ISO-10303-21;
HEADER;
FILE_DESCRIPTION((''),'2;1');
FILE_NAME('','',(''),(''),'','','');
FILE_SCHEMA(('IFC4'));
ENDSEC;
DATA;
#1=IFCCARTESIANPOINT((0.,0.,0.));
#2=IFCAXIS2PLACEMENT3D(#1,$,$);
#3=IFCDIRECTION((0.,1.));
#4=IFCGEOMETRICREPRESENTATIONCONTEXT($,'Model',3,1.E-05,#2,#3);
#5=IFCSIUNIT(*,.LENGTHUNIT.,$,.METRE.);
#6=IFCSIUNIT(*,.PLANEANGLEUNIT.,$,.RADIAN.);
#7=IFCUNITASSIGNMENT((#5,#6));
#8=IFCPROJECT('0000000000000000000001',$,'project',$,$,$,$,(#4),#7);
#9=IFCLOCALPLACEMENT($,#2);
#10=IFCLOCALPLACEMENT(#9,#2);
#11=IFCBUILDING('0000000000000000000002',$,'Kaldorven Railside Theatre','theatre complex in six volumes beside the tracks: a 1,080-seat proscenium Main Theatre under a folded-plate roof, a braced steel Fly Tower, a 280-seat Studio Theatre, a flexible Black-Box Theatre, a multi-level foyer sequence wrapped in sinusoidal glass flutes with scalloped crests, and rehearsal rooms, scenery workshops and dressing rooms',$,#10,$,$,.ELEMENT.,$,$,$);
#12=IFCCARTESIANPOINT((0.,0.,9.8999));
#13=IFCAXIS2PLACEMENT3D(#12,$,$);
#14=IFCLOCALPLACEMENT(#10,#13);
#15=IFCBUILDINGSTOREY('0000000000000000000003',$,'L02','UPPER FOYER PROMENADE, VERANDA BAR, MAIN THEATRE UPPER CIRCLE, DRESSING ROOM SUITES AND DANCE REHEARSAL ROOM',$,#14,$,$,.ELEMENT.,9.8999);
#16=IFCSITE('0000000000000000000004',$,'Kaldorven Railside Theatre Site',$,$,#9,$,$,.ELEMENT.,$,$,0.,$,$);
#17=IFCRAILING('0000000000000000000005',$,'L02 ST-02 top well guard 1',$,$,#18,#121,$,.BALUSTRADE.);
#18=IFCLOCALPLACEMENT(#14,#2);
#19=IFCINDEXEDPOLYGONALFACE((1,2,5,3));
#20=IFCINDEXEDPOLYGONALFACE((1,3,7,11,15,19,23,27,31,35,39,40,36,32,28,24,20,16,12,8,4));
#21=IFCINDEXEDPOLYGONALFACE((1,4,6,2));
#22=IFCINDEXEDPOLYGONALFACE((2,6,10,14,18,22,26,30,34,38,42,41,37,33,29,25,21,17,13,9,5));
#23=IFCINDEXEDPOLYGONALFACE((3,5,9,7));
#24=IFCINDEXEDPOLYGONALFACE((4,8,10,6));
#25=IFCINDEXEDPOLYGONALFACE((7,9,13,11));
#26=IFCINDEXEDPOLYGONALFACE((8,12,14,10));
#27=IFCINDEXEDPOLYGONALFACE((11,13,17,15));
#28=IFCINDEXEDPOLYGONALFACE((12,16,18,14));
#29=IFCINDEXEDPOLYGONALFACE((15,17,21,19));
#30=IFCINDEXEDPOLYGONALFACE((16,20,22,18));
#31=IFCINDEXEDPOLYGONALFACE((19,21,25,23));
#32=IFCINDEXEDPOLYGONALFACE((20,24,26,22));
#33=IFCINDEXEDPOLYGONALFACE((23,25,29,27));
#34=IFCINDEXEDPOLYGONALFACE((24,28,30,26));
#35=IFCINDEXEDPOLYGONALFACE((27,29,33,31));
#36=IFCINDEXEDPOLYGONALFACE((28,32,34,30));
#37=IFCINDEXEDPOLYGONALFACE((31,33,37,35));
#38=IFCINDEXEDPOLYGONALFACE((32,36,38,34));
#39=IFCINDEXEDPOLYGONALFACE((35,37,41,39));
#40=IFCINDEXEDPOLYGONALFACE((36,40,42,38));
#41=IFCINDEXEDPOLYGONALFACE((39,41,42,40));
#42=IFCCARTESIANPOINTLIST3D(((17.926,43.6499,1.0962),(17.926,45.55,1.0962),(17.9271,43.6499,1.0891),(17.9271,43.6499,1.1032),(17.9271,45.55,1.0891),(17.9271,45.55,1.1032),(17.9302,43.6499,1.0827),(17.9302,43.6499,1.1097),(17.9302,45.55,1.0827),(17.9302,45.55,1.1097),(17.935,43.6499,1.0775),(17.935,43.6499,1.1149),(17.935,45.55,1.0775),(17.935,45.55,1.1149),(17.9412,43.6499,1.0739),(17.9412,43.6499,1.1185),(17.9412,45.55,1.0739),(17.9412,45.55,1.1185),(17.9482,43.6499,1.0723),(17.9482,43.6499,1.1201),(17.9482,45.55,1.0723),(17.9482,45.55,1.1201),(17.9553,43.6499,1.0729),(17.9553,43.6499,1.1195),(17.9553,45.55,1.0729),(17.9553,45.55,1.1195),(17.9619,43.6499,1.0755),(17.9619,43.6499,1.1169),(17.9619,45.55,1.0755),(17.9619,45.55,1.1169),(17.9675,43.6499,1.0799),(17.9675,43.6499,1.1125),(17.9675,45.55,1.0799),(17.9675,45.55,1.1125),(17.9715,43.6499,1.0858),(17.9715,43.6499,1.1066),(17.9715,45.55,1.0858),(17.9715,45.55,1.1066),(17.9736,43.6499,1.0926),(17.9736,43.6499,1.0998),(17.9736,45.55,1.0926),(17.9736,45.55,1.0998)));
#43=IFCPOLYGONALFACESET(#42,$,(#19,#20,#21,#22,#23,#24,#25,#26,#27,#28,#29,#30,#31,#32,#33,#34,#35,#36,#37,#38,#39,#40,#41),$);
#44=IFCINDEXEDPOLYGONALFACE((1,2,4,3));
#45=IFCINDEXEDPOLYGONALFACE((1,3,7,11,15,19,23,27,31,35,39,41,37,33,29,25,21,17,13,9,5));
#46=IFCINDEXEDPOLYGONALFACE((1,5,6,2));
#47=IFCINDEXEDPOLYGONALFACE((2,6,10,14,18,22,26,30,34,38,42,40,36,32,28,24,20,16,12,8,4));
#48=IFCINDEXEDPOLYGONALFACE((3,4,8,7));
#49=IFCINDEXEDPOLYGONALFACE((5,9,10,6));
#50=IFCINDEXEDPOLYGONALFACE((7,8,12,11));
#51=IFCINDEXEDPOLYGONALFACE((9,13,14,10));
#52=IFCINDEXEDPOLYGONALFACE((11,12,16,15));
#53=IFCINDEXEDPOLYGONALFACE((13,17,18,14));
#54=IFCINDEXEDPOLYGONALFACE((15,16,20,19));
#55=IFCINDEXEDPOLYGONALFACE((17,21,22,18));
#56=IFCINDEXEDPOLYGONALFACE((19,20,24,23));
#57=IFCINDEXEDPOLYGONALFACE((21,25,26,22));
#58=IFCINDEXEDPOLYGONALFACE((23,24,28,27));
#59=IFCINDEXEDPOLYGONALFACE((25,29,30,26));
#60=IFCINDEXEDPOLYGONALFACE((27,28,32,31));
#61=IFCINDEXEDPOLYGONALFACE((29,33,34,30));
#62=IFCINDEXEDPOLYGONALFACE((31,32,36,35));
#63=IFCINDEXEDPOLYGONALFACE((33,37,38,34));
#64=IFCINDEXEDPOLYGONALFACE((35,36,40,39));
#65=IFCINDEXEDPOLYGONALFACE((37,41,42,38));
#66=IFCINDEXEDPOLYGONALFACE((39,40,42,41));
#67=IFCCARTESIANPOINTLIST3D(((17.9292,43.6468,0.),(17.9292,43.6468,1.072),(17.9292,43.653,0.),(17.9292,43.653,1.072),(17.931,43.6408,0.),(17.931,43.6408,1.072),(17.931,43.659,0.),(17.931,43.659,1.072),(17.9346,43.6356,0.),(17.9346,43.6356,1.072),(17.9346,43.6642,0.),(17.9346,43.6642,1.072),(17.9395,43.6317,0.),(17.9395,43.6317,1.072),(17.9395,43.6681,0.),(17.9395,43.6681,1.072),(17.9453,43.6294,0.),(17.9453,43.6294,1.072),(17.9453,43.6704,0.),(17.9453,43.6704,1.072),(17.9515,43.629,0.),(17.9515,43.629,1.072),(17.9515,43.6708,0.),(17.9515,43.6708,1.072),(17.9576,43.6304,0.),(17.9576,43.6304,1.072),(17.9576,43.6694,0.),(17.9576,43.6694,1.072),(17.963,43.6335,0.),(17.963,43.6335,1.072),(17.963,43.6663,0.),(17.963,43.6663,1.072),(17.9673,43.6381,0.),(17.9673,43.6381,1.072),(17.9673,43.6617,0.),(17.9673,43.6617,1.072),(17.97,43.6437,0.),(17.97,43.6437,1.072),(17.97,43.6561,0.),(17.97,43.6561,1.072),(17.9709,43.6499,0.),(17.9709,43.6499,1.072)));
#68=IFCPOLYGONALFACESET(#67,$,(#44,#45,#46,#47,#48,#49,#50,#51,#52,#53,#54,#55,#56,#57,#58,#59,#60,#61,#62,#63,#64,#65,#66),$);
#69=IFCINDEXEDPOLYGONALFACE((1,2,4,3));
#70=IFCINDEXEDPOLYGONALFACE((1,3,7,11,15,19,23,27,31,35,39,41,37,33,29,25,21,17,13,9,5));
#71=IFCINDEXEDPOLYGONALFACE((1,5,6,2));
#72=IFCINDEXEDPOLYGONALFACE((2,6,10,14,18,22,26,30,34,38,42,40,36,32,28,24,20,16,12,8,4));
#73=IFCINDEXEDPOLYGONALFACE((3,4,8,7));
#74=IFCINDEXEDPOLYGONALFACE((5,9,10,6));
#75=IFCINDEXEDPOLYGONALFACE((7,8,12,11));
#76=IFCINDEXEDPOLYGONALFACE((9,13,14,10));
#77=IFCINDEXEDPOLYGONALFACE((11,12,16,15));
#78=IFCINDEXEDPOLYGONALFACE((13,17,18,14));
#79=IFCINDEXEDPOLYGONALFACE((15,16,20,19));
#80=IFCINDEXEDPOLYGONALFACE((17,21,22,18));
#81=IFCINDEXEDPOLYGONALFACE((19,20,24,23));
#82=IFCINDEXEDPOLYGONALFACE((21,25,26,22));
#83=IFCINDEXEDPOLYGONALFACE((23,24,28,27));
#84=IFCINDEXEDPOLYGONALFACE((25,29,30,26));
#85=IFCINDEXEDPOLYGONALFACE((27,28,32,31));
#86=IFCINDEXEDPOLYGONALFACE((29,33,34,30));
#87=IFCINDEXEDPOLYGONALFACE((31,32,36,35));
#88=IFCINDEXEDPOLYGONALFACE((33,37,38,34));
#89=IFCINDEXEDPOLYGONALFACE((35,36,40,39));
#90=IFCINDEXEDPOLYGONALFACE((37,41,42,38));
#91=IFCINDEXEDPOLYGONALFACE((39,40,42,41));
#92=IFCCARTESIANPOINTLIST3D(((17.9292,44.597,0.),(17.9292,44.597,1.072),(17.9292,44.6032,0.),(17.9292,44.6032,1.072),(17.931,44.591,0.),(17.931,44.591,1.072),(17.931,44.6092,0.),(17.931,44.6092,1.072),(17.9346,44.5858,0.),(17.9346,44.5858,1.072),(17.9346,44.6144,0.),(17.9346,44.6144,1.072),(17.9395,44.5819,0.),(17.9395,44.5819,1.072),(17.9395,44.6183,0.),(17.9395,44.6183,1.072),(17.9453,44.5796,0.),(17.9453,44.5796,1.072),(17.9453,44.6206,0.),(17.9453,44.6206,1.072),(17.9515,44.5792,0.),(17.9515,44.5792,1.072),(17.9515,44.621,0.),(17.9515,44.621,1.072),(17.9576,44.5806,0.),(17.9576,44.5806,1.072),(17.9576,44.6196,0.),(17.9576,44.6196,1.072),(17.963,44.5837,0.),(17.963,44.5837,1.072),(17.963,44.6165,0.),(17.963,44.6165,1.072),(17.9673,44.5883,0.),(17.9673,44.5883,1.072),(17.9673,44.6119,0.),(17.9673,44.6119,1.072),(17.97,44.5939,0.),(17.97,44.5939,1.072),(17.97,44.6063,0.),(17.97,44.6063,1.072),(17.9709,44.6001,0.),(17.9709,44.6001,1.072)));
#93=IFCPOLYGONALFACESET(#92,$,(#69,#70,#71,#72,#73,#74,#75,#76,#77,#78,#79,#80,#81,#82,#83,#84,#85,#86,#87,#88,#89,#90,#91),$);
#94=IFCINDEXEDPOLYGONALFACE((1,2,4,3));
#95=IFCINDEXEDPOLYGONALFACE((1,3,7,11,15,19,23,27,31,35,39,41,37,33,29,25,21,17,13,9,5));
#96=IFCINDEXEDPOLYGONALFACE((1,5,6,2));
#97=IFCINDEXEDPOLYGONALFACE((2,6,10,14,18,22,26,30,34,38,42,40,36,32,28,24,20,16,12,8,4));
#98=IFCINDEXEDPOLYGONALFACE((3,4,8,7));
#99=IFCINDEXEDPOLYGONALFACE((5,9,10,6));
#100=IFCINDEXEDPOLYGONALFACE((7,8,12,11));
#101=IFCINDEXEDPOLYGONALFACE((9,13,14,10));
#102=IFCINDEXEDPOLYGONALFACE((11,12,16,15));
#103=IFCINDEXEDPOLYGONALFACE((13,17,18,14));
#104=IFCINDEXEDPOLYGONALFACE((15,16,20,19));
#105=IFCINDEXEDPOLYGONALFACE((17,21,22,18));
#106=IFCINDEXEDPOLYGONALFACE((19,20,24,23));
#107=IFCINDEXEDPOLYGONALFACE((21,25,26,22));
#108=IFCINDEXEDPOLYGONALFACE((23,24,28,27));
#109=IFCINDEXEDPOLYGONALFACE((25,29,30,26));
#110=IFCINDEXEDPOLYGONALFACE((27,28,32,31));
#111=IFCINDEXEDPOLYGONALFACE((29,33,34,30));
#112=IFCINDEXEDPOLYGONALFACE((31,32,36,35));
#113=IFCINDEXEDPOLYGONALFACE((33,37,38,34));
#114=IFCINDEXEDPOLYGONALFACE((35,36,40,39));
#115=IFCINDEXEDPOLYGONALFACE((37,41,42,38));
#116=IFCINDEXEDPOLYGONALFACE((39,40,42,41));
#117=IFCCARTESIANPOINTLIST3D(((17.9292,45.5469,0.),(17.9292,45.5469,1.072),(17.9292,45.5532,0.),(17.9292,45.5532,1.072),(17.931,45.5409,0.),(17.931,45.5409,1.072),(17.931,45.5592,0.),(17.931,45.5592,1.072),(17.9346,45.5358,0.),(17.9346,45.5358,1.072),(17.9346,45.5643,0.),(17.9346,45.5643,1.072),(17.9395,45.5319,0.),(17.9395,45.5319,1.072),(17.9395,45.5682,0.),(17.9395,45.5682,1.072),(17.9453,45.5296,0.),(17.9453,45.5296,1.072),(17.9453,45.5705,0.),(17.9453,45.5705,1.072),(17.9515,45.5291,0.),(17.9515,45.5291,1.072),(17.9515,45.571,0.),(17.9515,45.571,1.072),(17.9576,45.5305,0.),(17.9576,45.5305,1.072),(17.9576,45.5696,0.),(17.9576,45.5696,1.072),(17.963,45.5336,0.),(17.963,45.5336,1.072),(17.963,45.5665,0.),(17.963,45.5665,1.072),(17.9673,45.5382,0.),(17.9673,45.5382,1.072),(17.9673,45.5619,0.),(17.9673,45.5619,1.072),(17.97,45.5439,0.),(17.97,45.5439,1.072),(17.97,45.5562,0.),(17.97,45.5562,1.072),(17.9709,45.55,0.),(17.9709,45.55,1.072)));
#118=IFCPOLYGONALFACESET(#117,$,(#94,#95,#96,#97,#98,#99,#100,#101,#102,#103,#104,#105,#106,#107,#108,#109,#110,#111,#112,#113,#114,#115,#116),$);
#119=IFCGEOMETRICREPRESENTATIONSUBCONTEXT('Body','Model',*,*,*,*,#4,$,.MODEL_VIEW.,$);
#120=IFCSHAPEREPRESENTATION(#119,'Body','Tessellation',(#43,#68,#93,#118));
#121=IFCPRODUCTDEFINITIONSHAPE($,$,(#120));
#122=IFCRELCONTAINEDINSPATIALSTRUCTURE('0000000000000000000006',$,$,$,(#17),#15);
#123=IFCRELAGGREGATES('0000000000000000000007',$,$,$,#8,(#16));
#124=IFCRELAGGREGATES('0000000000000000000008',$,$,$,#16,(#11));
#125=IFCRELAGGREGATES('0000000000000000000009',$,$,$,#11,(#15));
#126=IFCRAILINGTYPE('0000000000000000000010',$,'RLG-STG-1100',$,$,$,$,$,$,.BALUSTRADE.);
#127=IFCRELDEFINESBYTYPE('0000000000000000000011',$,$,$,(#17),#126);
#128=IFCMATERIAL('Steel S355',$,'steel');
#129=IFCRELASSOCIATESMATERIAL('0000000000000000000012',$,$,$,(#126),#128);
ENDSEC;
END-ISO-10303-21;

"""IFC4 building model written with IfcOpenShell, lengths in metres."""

from ifc_helpers import new_model, si_unit, direction, frame, origin, origin_2d, place, context, subcontext, project, spatial, circle, extrude, material, type_object, element, save


model = new_model("IFC4")

# Units and contexts
model_context = context("Model", 3, precision=1e-05, world=origin(), true_north=direction((0.0, 1.0)))
body_context = subcontext(model_context, "Body", "Model", "MODEL_VIEW")
ifc_project = project(units=[si_unit("LENGTHUNIT", "METRE"), si_unit("PLANEANGLEUNIT", "RADIAN")], contexts=[model_context])

# Site, building, storey
site_placement = place(None, origin())
site = spatial("IfcSite", under=ifc_project, at=site_placement, Name="Kaldorven Railside Theatre Site", CompositionType="ELEMENT", RefElevation=0.0)
building_placement = place(site_placement, origin())
building = spatial("IfcBuilding", under=site, at=building_placement, Name="Kaldorven Railside Theatre", Description="theatre complex in six volumes beside the tracks: a 1,080-seat proscenium Main Theatre under a folded-plate roof, a braced steel Fly Tower, a 280-seat Studio Theatre, a flexible Black-Box Theatre, a multi-level foyer sequence wrapped in sinusoidal glass flutes with scalloped crests, and rehearsal rooms, scenery workshops and dressing rooms", CompositionType="ELEMENT")
storey_placement = place(building_placement, frame((0.0, 0.0, 9.8999)))
storey = spatial("IfcBuildingStorey", under=building, at=storey_placement, Name="L02", Description="UPPER FOYER PROMENADE, VERANDA BAR, MAIN THEATRE UPPER CIRCLE, DRESSING ROOM SUITES AND DANCE REHEARSAL ROOM", CompositionType="ELEMENT", Elevation=9.8999)

# Shared definitions
ifc_material_1 = material(Name="Steel S355", Category="steel")

# Railing
railing_type = type_object("IfcRailingType", Name="RLG-STG-1100", PredefinedType="BALUSTRADE", material=ifc_material_1)
railing_placement = place(storey_placement, frame((17.95, 43.6499, 0.0)))
element("IfcRailing", 1, at=railing_placement, inside=storey, type_object=railing_type, Name="L02 ST-02 top well guard 1", PredefinedType="BALUSTRADE", context=body_context, shape_type="SweptSolid", body=[
    extrude(circle(Radius=0.0239, at=origin_2d()), frame((0.0, 0.0, 1.0962), z_axis=(0.0, 1.0, 0.0), x_axis=(-1.0, 0.0, 0.0)), (0.0, 0.0, 1.0), 1.9001),
    extrude(circle(Radius=0.021, at=origin_2d()), origin(), (0.0, 0.0, 1.0), 1.072),
    extrude(circle(Radius=0.021, at=origin_2d()), frame((0.0, 0.9502, 0.0)), (0.0, 0.0, 1.0), 1.072),
    extrude(circle(Radius=0.021, at=origin_2d()), frame((0.0, 1.9001, 0.0)), (0.0, 0.0, 1.0), 1.072),
])

save(model, "model.ifc")
